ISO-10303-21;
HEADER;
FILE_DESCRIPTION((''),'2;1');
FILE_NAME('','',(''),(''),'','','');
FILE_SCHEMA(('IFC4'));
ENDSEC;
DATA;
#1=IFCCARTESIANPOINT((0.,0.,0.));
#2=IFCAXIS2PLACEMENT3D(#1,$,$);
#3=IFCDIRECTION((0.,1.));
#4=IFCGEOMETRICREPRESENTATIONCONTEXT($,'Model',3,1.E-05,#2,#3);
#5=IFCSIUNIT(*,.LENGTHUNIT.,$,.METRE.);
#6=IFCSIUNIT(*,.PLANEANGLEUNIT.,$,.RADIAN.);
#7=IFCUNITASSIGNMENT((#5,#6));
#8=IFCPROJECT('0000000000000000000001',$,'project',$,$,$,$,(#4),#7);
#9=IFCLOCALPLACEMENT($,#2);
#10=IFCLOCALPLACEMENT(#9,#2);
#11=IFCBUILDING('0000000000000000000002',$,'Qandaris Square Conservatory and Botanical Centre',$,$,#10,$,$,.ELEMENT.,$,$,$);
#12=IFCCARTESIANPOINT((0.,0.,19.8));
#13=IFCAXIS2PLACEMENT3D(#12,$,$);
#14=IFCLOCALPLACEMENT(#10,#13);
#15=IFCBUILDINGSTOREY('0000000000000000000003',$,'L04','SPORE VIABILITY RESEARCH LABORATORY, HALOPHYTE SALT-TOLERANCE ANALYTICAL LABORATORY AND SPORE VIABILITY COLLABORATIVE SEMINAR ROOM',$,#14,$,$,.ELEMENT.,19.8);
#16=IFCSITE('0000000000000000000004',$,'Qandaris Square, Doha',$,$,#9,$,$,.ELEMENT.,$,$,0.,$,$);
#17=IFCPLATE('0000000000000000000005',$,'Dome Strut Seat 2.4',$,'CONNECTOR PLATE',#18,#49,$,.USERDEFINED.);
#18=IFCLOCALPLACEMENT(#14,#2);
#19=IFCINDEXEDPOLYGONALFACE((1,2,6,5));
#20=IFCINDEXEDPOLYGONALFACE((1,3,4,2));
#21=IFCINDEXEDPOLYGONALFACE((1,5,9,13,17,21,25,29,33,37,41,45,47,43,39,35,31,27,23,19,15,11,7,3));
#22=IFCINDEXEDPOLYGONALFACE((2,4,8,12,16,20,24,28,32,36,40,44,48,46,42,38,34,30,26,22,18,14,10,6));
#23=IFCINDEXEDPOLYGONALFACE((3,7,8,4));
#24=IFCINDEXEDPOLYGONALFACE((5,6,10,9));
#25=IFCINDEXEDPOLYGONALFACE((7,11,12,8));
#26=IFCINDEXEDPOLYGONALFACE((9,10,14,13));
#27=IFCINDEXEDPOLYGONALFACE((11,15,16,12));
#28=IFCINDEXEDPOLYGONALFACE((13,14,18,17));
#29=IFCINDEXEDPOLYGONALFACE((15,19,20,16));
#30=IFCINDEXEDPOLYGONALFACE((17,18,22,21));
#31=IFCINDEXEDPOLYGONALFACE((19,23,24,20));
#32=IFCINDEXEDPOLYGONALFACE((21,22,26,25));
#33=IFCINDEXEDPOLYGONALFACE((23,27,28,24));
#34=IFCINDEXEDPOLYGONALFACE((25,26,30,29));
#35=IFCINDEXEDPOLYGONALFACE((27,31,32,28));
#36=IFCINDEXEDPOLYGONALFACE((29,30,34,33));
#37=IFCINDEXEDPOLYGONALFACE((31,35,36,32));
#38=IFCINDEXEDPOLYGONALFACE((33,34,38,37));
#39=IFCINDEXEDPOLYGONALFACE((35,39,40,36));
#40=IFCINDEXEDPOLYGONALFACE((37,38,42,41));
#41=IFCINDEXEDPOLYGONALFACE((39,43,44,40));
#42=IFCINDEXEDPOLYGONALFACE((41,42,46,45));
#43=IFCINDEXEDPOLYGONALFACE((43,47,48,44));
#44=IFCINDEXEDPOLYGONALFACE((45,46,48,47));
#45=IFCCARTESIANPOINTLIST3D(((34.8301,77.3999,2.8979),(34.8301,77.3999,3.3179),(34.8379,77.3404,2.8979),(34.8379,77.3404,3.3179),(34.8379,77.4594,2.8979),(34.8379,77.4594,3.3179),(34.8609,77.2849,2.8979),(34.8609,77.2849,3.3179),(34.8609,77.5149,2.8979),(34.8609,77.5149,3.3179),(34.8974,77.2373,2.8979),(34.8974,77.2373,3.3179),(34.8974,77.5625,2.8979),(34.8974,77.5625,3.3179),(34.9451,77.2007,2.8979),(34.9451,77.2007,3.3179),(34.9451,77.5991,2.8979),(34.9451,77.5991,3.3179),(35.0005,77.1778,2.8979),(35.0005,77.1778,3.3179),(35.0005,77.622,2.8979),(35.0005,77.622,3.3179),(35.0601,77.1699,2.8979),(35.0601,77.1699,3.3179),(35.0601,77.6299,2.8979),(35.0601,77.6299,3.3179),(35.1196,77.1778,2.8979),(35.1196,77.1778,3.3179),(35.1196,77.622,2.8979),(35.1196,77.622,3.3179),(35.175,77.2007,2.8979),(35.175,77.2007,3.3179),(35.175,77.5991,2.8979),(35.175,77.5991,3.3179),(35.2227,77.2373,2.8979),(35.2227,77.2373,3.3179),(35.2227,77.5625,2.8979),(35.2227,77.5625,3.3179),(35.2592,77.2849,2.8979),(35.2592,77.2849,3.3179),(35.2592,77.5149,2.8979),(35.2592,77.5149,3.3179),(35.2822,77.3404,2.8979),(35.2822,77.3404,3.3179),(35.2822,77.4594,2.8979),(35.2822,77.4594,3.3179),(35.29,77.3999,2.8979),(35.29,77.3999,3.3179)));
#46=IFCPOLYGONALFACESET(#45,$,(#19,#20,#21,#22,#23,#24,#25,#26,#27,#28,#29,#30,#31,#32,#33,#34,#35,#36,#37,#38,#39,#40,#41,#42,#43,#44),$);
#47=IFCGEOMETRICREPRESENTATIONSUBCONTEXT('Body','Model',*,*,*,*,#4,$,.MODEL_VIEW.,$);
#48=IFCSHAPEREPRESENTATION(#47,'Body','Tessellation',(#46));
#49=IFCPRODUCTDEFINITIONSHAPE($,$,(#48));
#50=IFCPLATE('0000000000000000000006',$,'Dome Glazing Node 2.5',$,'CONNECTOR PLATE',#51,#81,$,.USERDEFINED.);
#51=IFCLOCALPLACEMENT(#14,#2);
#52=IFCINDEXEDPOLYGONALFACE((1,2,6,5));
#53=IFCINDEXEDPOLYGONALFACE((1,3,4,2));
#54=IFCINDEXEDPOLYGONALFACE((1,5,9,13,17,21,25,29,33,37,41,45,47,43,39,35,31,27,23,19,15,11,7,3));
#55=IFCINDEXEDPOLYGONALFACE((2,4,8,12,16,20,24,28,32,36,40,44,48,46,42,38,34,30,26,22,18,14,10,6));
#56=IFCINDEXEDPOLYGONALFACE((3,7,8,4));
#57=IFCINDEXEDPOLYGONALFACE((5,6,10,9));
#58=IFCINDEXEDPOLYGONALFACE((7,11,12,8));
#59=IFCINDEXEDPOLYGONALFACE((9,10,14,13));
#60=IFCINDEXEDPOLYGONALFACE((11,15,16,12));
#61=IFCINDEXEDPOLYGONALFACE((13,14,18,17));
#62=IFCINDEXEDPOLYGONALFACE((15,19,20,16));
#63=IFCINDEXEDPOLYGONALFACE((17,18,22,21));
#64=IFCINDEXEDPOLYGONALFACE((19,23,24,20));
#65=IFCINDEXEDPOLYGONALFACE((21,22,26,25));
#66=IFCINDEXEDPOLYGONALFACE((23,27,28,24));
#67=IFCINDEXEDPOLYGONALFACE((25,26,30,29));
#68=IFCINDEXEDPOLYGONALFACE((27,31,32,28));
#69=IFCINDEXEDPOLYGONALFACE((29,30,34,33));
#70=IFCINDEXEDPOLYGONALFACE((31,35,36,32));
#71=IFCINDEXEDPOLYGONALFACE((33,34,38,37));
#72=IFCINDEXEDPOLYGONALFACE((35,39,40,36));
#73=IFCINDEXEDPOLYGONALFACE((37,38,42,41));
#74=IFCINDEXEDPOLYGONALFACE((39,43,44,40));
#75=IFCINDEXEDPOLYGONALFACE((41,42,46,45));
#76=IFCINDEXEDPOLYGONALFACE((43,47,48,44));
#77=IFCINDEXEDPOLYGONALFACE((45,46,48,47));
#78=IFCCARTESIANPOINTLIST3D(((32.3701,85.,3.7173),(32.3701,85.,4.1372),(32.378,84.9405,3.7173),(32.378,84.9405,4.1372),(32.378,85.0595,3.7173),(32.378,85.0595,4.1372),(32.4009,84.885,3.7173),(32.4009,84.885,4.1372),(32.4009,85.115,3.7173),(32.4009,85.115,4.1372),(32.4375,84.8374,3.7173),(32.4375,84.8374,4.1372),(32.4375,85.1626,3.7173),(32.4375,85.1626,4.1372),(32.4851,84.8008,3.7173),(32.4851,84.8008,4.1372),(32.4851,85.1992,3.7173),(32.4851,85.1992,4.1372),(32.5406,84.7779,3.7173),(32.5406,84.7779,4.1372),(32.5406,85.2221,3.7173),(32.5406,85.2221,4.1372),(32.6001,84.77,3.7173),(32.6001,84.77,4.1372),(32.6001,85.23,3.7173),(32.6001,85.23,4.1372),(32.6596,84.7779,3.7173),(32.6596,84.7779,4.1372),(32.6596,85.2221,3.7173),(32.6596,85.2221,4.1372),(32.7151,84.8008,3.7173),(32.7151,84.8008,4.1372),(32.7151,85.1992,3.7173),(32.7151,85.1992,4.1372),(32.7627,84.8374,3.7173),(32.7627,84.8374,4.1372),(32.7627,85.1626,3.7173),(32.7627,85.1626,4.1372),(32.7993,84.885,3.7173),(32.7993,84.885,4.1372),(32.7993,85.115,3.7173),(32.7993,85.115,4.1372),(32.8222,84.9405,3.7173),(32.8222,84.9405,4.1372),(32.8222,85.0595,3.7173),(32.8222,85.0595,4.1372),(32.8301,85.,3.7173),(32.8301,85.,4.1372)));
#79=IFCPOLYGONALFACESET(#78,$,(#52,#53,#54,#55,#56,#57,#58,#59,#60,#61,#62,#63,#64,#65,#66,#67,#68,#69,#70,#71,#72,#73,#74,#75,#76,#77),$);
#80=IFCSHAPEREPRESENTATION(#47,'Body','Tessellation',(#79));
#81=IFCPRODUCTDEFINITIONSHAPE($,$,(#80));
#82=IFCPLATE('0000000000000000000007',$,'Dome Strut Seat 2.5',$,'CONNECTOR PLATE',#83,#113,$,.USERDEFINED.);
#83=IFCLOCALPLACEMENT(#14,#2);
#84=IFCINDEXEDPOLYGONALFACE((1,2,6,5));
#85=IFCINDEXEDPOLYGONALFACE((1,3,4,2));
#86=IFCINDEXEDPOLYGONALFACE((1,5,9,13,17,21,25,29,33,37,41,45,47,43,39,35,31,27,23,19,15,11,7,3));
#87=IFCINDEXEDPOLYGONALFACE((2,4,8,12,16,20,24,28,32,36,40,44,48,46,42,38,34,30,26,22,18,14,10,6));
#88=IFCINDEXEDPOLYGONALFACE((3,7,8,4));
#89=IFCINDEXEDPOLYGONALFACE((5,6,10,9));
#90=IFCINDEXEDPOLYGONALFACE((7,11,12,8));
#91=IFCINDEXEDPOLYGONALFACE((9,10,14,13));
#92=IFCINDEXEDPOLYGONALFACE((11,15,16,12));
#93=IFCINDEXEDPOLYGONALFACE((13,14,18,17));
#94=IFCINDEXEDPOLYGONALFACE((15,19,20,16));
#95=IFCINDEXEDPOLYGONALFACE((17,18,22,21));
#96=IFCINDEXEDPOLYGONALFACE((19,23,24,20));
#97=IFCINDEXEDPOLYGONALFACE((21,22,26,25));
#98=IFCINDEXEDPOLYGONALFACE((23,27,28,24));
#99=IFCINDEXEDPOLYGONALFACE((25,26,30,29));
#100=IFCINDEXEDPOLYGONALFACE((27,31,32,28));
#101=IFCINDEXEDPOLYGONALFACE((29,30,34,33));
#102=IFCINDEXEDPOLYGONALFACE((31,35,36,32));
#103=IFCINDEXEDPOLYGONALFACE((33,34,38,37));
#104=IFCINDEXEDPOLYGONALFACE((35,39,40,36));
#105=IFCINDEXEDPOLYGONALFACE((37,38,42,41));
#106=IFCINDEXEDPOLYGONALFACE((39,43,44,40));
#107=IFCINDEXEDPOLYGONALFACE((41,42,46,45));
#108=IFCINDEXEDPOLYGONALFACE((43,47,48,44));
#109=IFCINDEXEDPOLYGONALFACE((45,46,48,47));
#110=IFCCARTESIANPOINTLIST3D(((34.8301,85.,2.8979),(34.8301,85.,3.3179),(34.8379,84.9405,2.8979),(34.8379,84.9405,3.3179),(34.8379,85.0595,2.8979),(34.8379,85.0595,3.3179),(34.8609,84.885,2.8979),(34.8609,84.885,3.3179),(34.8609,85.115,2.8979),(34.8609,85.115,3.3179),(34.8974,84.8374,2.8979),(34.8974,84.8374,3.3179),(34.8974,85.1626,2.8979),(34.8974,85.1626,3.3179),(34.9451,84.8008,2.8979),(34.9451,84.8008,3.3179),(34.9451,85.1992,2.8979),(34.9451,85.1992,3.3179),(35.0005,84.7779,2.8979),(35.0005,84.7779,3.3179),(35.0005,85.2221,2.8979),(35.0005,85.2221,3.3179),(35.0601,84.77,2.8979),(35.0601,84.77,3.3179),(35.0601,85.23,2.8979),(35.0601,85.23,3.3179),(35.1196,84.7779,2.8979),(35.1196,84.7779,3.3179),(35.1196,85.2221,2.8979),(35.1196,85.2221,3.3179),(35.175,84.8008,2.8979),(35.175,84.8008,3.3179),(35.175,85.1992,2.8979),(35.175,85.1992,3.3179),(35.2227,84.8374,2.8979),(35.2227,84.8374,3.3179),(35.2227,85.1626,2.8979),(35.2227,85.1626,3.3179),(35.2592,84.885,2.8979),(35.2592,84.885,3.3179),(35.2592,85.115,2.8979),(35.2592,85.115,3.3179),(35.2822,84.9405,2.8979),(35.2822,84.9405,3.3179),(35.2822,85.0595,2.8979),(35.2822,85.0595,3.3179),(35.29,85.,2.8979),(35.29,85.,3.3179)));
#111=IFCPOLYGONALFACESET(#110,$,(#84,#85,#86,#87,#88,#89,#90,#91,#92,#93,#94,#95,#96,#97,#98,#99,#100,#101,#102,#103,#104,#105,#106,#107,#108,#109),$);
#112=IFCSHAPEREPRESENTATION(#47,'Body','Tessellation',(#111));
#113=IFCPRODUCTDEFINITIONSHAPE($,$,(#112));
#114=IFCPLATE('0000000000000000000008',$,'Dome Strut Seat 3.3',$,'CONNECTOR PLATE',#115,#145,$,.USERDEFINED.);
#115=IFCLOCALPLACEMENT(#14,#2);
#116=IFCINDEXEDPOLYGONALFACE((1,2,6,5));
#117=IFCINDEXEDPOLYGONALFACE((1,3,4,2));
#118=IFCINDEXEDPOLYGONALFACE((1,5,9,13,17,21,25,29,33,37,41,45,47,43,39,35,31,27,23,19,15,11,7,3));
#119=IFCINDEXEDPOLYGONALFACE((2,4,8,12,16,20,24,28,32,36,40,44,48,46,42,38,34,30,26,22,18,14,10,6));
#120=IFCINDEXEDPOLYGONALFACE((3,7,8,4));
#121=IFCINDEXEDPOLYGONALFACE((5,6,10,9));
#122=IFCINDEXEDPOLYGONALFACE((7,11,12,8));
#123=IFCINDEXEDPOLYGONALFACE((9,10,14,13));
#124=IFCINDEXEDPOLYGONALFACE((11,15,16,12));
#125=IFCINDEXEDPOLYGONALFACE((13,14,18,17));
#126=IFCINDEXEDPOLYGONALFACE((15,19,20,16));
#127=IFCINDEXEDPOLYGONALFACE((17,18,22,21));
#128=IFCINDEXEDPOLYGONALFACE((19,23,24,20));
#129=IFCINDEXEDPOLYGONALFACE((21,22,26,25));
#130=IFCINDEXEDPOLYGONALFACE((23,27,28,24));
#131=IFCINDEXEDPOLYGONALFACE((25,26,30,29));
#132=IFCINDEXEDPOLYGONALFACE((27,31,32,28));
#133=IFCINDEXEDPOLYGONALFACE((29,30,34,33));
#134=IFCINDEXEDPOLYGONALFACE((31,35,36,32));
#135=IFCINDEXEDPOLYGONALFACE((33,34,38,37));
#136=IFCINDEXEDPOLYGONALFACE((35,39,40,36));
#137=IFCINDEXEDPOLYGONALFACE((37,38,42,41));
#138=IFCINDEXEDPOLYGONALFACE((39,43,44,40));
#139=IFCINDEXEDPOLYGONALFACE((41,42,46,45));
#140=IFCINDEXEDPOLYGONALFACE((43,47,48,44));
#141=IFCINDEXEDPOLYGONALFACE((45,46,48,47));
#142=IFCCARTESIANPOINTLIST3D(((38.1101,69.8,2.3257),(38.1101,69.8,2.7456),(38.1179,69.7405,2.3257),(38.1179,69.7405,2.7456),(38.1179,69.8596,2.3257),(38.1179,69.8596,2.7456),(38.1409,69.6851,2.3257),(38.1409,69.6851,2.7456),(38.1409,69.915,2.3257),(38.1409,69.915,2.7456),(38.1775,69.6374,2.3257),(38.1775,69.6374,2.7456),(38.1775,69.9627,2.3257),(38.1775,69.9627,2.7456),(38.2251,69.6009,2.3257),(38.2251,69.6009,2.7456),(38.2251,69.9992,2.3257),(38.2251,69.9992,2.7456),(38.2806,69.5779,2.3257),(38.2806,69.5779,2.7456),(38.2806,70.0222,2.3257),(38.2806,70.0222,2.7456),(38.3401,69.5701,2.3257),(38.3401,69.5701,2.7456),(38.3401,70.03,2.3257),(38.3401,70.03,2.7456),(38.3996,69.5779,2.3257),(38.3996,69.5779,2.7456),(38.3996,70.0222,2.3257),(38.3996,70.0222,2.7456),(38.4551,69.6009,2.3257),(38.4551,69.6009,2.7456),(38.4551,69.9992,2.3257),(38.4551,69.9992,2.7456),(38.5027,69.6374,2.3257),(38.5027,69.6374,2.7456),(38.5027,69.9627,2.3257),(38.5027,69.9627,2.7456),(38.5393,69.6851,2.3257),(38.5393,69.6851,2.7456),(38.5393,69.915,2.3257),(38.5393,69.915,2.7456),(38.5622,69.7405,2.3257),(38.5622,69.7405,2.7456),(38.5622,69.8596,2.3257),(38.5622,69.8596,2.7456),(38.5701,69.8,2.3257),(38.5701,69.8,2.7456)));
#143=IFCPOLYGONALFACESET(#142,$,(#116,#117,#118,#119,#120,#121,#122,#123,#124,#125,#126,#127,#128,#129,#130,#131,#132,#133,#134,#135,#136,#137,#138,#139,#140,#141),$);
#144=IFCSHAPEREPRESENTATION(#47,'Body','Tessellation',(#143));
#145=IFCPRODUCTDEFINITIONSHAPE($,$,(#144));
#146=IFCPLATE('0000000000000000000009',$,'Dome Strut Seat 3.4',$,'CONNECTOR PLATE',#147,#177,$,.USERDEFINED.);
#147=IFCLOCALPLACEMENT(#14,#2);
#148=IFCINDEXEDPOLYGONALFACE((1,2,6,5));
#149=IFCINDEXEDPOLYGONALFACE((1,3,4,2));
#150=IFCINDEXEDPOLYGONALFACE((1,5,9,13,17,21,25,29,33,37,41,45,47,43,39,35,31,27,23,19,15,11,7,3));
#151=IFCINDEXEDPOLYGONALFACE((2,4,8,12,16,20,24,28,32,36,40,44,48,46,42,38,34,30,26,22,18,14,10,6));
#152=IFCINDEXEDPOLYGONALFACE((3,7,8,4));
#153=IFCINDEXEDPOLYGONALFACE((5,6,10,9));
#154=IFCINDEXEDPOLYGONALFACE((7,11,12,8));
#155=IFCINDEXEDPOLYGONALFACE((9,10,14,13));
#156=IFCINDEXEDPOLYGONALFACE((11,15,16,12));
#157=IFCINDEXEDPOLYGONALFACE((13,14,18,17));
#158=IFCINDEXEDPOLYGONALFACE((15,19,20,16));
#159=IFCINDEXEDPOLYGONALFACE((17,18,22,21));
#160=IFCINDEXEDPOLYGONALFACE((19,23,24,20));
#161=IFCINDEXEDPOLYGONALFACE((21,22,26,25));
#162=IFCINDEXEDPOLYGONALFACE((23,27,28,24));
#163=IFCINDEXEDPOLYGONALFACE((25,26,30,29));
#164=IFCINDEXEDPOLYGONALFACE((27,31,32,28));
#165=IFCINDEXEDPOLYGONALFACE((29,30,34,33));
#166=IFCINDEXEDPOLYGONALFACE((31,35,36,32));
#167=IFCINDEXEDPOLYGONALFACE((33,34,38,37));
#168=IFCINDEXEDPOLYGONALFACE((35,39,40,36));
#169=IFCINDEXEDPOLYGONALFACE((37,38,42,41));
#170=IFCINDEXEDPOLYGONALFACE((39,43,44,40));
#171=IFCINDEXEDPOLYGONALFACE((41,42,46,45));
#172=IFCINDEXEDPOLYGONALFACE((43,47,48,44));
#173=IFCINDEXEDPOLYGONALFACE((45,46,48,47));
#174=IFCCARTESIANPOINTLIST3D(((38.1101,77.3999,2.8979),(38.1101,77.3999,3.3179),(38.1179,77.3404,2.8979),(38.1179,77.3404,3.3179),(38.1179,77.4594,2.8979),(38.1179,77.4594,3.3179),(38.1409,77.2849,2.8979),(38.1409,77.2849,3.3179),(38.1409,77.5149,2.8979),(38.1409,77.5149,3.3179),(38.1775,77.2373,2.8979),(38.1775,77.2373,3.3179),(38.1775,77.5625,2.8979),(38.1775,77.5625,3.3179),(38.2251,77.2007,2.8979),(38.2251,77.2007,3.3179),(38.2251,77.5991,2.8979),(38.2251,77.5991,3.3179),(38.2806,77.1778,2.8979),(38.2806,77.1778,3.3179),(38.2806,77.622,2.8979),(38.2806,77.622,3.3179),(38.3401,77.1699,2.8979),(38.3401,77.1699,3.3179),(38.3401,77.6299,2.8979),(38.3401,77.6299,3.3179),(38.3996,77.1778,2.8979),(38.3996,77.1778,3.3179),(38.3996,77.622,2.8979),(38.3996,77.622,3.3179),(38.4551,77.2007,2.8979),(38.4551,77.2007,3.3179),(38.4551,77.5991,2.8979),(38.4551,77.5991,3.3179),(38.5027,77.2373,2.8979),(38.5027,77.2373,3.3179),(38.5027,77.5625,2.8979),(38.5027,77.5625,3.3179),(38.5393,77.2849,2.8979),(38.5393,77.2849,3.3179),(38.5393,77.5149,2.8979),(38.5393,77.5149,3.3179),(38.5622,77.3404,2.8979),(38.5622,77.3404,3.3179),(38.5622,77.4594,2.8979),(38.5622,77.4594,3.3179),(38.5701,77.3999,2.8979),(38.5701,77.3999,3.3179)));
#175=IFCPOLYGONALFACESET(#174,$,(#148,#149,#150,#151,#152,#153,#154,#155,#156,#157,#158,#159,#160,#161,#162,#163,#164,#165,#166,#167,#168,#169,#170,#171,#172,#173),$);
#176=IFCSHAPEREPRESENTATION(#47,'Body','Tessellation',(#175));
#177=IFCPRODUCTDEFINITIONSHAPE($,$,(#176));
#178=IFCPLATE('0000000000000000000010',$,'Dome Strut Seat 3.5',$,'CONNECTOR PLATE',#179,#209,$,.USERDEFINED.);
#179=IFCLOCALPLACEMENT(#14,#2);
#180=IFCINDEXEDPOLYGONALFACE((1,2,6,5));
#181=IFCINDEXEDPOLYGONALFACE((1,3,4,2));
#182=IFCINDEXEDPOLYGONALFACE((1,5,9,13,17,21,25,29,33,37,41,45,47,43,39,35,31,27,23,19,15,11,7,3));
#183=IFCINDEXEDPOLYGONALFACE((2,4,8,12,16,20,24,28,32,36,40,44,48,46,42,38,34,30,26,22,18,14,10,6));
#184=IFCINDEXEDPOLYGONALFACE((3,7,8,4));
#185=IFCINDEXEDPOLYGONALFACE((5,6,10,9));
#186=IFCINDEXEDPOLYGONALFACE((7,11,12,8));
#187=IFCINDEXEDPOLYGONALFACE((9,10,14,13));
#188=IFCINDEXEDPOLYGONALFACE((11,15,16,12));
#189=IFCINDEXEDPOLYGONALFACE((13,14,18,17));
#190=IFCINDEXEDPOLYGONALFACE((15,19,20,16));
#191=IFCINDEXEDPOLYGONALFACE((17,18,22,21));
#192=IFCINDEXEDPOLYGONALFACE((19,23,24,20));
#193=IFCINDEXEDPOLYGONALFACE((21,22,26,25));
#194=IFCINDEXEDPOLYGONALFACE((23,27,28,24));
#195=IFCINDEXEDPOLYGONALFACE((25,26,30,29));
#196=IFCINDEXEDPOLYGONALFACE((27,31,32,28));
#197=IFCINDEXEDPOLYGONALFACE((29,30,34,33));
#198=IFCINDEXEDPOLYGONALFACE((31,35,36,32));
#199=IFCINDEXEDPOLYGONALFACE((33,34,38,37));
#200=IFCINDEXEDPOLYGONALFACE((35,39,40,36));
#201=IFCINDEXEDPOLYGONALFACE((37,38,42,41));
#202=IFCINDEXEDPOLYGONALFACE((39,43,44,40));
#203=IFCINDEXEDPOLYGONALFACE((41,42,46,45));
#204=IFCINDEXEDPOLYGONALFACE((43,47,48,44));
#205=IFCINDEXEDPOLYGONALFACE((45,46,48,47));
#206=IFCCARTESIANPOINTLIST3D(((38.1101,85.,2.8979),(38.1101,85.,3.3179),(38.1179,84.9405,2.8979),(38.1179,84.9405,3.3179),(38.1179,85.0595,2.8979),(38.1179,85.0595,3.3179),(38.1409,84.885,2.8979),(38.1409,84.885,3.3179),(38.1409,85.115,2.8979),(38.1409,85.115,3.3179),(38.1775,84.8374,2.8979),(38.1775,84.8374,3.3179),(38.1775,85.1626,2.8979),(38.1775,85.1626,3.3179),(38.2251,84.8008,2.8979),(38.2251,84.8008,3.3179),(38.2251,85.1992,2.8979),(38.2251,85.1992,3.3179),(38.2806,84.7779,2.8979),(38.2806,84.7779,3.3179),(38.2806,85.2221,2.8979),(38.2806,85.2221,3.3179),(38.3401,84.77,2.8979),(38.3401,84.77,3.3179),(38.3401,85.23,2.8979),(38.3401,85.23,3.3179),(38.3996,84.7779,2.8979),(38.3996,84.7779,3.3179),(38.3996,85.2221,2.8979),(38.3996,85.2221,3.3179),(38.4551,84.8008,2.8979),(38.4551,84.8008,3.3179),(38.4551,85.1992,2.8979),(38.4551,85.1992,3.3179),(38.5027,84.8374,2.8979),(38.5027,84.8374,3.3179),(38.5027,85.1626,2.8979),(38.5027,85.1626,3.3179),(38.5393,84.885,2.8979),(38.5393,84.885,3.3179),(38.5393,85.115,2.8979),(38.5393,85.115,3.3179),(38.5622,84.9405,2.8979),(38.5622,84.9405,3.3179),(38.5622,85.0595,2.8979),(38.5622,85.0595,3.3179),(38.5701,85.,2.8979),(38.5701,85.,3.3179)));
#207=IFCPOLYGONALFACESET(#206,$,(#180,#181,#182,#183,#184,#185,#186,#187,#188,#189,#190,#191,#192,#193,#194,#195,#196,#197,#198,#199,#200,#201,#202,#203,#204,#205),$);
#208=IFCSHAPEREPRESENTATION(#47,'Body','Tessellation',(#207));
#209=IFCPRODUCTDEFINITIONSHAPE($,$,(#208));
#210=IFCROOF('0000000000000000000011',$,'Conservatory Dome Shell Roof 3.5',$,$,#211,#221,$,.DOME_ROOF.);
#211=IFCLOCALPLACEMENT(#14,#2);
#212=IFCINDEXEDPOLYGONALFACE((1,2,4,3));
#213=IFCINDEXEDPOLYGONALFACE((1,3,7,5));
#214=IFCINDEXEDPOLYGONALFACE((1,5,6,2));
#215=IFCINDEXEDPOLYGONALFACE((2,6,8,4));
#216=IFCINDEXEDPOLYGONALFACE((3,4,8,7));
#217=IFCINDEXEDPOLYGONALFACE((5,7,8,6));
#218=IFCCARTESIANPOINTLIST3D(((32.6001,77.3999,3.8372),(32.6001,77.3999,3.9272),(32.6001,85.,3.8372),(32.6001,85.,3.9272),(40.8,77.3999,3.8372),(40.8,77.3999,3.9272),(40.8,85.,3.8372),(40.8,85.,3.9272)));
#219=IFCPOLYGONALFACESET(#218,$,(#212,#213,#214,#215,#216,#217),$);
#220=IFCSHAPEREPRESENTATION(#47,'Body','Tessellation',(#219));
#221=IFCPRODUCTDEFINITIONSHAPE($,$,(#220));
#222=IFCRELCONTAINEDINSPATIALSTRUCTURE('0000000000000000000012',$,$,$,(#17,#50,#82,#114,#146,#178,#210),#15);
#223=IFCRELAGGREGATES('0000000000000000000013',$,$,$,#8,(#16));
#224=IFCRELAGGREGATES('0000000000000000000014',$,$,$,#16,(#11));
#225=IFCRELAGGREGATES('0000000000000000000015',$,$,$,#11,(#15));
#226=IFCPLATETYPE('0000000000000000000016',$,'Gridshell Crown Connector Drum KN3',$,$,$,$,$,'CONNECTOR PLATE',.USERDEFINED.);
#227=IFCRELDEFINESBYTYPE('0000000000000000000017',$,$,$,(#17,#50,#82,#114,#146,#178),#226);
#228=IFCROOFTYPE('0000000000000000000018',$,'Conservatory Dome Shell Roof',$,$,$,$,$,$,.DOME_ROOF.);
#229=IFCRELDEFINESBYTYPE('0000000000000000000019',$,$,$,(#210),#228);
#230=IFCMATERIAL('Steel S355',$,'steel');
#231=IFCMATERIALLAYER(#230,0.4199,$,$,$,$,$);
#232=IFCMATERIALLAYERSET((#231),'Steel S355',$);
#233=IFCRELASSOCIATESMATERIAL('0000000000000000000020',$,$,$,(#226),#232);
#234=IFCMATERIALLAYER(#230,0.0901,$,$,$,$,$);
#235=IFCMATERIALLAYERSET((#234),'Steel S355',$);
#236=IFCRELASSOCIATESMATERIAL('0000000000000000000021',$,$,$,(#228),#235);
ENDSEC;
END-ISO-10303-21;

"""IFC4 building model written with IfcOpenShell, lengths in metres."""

from ifc_helpers import new_model, si_unit, direction, frame, origin, origin_2d, place, context, subcontext, project, spatial, polyline, circle, outline, extrude, material, layer, layer_set, type_object, element, save


model = new_model("IFC4")

# Units and contexts
model_context = context("Model", 3, precision=1e-05, world=origin(), true_north=direction((0.0, 1.0)))
body_context = subcontext(model_context, "Body", "Model", "MODEL_VIEW")
ifc_project = project(units=[si_unit("LENGTHUNIT", "METRE"), si_unit("PLANEANGLEUNIT", "RADIAN")], contexts=[model_context])

# Site, building, storey
site_placement = place(None, origin())
site = spatial("IfcSite", under=ifc_project, at=site_placement, Name="Qandaris Square, Doha", CompositionType="ELEMENT", RefElevation=0.0)
building_placement = place(site_placement, origin())
building = spatial("IfcBuilding", under=site, at=building_placement, Name="Qandaris Square Conservatory and Botanical Centre", CompositionType="ELEMENT")
storey_placement = place(building_placement, frame((0.0, 0.0, 19.8)))
storey = spatial("IfcBuildingStorey", under=building, at=storey_placement, Name="L04", Description="SPORE VIABILITY RESEARCH LABORATORY, HALOPHYTE SALT-TOLERANCE ANALYTICAL LABORATORY AND SPORE VIABILITY COLLABORATIVE SEMINAR ROOM", CompositionType="ELEMENT", Elevation=19.8)

# Shared definitions
ifc_material = material(Name="Steel S355", Category="steel")

# Plates
ifc_layer_1 = layer(ifc_material, 0.4199)
ifc_layer_set_1 = layer_set([ifc_layer_1], Name="Steel S355")
plate_type = type_object("IfcPlateType", Name="Gridshell Crown Connector Drum KN3", ElementType="CONNECTOR PLATE", PredefinedType="USERDEFINED", material=ifc_layer_set_1)
for number, where, z_axis, x_axis, name in (
    (1, (35.0601, 77.3999, 2.8979), (0.0, 0.0, 1.0), (1.0, 0.0, 0.0), "Dome Strut Seat 2.4"),
    (2, (32.6001, 85.0, 3.7173), (0.0, 0.0, 1.0), (1.0, 0.0, 0.0), "Dome Glazing Node 2.5"),
    (3, (35.0601, 85.0, 2.8979), (0.0, 0.0, 1.0), (1.0, 0.0, 0.0), "Dome Strut Seat 2.5"),
    (4, (38.3401, 69.8, 2.3257), (0.0, 0.0, 1.0), (1.0, 0.0, 0.0), "Dome Strut Seat 3.3"),
    (5, (38.3401, 77.3999, 2.8979), (0.0, 0.0, 1.0), (1.0, 0.0, 0.0), "Dome Strut Seat 3.4"),
    (6, (38.3401, 85.0, 2.8979), (0.0, 0.0, 1.0), (1.0, 0.0, 0.0), "Dome Strut Seat 3.5"),
):
    element("IfcPlate", number, at=place(storey_placement, frame(where, z_axis=z_axis, x_axis=x_axis)), inside=storey, type_object=plate_type, Name=name, ObjectType="CONNECTOR PLATE", PredefinedType="USERDEFINED", context=body_context, shape_type="SweptSolid", body=[
        extrude(circle(Radius=0.23, at=origin_2d()), origin(), (0.0, 0.0, 1.0), 0.4199),
    ])

# Roof
ifc_layer_2 = layer(ifc_material, 0.0901)
ifc_layer_set_2 = layer_set([ifc_layer_2], Name="Steel S355")
roof_type = type_object("IfcRoofType", Name="Conservatory Dome Shell Roof", PredefinedType="DOME_ROOF", material=ifc_layer_set_2)
roof_1_placement = place(storey_placement, frame((32.6001, 77.3999, 3.9272), z_axis=(0.0, 0.0, 1.0), x_axis=(1.0, 0.0, 0.0)))
element("IfcRoof", 7, at=roof_1_placement, inside=storey, type_object=roof_type, Name="Conservatory Dome Shell Roof 3.5", PredefinedType="DOME_ROOF", context=body_context, shape_type="SweptSolid", body=[
    extrude(outline(polyline([(0.0, 0.0), (8.2, 0.0), (8.2, 7.6001), (0.0, 7.6001), (0.0, 0.0)])), origin(), (0.0, 0.0, -1.0), 0.0901),
])

save(model, "model.ifc")
